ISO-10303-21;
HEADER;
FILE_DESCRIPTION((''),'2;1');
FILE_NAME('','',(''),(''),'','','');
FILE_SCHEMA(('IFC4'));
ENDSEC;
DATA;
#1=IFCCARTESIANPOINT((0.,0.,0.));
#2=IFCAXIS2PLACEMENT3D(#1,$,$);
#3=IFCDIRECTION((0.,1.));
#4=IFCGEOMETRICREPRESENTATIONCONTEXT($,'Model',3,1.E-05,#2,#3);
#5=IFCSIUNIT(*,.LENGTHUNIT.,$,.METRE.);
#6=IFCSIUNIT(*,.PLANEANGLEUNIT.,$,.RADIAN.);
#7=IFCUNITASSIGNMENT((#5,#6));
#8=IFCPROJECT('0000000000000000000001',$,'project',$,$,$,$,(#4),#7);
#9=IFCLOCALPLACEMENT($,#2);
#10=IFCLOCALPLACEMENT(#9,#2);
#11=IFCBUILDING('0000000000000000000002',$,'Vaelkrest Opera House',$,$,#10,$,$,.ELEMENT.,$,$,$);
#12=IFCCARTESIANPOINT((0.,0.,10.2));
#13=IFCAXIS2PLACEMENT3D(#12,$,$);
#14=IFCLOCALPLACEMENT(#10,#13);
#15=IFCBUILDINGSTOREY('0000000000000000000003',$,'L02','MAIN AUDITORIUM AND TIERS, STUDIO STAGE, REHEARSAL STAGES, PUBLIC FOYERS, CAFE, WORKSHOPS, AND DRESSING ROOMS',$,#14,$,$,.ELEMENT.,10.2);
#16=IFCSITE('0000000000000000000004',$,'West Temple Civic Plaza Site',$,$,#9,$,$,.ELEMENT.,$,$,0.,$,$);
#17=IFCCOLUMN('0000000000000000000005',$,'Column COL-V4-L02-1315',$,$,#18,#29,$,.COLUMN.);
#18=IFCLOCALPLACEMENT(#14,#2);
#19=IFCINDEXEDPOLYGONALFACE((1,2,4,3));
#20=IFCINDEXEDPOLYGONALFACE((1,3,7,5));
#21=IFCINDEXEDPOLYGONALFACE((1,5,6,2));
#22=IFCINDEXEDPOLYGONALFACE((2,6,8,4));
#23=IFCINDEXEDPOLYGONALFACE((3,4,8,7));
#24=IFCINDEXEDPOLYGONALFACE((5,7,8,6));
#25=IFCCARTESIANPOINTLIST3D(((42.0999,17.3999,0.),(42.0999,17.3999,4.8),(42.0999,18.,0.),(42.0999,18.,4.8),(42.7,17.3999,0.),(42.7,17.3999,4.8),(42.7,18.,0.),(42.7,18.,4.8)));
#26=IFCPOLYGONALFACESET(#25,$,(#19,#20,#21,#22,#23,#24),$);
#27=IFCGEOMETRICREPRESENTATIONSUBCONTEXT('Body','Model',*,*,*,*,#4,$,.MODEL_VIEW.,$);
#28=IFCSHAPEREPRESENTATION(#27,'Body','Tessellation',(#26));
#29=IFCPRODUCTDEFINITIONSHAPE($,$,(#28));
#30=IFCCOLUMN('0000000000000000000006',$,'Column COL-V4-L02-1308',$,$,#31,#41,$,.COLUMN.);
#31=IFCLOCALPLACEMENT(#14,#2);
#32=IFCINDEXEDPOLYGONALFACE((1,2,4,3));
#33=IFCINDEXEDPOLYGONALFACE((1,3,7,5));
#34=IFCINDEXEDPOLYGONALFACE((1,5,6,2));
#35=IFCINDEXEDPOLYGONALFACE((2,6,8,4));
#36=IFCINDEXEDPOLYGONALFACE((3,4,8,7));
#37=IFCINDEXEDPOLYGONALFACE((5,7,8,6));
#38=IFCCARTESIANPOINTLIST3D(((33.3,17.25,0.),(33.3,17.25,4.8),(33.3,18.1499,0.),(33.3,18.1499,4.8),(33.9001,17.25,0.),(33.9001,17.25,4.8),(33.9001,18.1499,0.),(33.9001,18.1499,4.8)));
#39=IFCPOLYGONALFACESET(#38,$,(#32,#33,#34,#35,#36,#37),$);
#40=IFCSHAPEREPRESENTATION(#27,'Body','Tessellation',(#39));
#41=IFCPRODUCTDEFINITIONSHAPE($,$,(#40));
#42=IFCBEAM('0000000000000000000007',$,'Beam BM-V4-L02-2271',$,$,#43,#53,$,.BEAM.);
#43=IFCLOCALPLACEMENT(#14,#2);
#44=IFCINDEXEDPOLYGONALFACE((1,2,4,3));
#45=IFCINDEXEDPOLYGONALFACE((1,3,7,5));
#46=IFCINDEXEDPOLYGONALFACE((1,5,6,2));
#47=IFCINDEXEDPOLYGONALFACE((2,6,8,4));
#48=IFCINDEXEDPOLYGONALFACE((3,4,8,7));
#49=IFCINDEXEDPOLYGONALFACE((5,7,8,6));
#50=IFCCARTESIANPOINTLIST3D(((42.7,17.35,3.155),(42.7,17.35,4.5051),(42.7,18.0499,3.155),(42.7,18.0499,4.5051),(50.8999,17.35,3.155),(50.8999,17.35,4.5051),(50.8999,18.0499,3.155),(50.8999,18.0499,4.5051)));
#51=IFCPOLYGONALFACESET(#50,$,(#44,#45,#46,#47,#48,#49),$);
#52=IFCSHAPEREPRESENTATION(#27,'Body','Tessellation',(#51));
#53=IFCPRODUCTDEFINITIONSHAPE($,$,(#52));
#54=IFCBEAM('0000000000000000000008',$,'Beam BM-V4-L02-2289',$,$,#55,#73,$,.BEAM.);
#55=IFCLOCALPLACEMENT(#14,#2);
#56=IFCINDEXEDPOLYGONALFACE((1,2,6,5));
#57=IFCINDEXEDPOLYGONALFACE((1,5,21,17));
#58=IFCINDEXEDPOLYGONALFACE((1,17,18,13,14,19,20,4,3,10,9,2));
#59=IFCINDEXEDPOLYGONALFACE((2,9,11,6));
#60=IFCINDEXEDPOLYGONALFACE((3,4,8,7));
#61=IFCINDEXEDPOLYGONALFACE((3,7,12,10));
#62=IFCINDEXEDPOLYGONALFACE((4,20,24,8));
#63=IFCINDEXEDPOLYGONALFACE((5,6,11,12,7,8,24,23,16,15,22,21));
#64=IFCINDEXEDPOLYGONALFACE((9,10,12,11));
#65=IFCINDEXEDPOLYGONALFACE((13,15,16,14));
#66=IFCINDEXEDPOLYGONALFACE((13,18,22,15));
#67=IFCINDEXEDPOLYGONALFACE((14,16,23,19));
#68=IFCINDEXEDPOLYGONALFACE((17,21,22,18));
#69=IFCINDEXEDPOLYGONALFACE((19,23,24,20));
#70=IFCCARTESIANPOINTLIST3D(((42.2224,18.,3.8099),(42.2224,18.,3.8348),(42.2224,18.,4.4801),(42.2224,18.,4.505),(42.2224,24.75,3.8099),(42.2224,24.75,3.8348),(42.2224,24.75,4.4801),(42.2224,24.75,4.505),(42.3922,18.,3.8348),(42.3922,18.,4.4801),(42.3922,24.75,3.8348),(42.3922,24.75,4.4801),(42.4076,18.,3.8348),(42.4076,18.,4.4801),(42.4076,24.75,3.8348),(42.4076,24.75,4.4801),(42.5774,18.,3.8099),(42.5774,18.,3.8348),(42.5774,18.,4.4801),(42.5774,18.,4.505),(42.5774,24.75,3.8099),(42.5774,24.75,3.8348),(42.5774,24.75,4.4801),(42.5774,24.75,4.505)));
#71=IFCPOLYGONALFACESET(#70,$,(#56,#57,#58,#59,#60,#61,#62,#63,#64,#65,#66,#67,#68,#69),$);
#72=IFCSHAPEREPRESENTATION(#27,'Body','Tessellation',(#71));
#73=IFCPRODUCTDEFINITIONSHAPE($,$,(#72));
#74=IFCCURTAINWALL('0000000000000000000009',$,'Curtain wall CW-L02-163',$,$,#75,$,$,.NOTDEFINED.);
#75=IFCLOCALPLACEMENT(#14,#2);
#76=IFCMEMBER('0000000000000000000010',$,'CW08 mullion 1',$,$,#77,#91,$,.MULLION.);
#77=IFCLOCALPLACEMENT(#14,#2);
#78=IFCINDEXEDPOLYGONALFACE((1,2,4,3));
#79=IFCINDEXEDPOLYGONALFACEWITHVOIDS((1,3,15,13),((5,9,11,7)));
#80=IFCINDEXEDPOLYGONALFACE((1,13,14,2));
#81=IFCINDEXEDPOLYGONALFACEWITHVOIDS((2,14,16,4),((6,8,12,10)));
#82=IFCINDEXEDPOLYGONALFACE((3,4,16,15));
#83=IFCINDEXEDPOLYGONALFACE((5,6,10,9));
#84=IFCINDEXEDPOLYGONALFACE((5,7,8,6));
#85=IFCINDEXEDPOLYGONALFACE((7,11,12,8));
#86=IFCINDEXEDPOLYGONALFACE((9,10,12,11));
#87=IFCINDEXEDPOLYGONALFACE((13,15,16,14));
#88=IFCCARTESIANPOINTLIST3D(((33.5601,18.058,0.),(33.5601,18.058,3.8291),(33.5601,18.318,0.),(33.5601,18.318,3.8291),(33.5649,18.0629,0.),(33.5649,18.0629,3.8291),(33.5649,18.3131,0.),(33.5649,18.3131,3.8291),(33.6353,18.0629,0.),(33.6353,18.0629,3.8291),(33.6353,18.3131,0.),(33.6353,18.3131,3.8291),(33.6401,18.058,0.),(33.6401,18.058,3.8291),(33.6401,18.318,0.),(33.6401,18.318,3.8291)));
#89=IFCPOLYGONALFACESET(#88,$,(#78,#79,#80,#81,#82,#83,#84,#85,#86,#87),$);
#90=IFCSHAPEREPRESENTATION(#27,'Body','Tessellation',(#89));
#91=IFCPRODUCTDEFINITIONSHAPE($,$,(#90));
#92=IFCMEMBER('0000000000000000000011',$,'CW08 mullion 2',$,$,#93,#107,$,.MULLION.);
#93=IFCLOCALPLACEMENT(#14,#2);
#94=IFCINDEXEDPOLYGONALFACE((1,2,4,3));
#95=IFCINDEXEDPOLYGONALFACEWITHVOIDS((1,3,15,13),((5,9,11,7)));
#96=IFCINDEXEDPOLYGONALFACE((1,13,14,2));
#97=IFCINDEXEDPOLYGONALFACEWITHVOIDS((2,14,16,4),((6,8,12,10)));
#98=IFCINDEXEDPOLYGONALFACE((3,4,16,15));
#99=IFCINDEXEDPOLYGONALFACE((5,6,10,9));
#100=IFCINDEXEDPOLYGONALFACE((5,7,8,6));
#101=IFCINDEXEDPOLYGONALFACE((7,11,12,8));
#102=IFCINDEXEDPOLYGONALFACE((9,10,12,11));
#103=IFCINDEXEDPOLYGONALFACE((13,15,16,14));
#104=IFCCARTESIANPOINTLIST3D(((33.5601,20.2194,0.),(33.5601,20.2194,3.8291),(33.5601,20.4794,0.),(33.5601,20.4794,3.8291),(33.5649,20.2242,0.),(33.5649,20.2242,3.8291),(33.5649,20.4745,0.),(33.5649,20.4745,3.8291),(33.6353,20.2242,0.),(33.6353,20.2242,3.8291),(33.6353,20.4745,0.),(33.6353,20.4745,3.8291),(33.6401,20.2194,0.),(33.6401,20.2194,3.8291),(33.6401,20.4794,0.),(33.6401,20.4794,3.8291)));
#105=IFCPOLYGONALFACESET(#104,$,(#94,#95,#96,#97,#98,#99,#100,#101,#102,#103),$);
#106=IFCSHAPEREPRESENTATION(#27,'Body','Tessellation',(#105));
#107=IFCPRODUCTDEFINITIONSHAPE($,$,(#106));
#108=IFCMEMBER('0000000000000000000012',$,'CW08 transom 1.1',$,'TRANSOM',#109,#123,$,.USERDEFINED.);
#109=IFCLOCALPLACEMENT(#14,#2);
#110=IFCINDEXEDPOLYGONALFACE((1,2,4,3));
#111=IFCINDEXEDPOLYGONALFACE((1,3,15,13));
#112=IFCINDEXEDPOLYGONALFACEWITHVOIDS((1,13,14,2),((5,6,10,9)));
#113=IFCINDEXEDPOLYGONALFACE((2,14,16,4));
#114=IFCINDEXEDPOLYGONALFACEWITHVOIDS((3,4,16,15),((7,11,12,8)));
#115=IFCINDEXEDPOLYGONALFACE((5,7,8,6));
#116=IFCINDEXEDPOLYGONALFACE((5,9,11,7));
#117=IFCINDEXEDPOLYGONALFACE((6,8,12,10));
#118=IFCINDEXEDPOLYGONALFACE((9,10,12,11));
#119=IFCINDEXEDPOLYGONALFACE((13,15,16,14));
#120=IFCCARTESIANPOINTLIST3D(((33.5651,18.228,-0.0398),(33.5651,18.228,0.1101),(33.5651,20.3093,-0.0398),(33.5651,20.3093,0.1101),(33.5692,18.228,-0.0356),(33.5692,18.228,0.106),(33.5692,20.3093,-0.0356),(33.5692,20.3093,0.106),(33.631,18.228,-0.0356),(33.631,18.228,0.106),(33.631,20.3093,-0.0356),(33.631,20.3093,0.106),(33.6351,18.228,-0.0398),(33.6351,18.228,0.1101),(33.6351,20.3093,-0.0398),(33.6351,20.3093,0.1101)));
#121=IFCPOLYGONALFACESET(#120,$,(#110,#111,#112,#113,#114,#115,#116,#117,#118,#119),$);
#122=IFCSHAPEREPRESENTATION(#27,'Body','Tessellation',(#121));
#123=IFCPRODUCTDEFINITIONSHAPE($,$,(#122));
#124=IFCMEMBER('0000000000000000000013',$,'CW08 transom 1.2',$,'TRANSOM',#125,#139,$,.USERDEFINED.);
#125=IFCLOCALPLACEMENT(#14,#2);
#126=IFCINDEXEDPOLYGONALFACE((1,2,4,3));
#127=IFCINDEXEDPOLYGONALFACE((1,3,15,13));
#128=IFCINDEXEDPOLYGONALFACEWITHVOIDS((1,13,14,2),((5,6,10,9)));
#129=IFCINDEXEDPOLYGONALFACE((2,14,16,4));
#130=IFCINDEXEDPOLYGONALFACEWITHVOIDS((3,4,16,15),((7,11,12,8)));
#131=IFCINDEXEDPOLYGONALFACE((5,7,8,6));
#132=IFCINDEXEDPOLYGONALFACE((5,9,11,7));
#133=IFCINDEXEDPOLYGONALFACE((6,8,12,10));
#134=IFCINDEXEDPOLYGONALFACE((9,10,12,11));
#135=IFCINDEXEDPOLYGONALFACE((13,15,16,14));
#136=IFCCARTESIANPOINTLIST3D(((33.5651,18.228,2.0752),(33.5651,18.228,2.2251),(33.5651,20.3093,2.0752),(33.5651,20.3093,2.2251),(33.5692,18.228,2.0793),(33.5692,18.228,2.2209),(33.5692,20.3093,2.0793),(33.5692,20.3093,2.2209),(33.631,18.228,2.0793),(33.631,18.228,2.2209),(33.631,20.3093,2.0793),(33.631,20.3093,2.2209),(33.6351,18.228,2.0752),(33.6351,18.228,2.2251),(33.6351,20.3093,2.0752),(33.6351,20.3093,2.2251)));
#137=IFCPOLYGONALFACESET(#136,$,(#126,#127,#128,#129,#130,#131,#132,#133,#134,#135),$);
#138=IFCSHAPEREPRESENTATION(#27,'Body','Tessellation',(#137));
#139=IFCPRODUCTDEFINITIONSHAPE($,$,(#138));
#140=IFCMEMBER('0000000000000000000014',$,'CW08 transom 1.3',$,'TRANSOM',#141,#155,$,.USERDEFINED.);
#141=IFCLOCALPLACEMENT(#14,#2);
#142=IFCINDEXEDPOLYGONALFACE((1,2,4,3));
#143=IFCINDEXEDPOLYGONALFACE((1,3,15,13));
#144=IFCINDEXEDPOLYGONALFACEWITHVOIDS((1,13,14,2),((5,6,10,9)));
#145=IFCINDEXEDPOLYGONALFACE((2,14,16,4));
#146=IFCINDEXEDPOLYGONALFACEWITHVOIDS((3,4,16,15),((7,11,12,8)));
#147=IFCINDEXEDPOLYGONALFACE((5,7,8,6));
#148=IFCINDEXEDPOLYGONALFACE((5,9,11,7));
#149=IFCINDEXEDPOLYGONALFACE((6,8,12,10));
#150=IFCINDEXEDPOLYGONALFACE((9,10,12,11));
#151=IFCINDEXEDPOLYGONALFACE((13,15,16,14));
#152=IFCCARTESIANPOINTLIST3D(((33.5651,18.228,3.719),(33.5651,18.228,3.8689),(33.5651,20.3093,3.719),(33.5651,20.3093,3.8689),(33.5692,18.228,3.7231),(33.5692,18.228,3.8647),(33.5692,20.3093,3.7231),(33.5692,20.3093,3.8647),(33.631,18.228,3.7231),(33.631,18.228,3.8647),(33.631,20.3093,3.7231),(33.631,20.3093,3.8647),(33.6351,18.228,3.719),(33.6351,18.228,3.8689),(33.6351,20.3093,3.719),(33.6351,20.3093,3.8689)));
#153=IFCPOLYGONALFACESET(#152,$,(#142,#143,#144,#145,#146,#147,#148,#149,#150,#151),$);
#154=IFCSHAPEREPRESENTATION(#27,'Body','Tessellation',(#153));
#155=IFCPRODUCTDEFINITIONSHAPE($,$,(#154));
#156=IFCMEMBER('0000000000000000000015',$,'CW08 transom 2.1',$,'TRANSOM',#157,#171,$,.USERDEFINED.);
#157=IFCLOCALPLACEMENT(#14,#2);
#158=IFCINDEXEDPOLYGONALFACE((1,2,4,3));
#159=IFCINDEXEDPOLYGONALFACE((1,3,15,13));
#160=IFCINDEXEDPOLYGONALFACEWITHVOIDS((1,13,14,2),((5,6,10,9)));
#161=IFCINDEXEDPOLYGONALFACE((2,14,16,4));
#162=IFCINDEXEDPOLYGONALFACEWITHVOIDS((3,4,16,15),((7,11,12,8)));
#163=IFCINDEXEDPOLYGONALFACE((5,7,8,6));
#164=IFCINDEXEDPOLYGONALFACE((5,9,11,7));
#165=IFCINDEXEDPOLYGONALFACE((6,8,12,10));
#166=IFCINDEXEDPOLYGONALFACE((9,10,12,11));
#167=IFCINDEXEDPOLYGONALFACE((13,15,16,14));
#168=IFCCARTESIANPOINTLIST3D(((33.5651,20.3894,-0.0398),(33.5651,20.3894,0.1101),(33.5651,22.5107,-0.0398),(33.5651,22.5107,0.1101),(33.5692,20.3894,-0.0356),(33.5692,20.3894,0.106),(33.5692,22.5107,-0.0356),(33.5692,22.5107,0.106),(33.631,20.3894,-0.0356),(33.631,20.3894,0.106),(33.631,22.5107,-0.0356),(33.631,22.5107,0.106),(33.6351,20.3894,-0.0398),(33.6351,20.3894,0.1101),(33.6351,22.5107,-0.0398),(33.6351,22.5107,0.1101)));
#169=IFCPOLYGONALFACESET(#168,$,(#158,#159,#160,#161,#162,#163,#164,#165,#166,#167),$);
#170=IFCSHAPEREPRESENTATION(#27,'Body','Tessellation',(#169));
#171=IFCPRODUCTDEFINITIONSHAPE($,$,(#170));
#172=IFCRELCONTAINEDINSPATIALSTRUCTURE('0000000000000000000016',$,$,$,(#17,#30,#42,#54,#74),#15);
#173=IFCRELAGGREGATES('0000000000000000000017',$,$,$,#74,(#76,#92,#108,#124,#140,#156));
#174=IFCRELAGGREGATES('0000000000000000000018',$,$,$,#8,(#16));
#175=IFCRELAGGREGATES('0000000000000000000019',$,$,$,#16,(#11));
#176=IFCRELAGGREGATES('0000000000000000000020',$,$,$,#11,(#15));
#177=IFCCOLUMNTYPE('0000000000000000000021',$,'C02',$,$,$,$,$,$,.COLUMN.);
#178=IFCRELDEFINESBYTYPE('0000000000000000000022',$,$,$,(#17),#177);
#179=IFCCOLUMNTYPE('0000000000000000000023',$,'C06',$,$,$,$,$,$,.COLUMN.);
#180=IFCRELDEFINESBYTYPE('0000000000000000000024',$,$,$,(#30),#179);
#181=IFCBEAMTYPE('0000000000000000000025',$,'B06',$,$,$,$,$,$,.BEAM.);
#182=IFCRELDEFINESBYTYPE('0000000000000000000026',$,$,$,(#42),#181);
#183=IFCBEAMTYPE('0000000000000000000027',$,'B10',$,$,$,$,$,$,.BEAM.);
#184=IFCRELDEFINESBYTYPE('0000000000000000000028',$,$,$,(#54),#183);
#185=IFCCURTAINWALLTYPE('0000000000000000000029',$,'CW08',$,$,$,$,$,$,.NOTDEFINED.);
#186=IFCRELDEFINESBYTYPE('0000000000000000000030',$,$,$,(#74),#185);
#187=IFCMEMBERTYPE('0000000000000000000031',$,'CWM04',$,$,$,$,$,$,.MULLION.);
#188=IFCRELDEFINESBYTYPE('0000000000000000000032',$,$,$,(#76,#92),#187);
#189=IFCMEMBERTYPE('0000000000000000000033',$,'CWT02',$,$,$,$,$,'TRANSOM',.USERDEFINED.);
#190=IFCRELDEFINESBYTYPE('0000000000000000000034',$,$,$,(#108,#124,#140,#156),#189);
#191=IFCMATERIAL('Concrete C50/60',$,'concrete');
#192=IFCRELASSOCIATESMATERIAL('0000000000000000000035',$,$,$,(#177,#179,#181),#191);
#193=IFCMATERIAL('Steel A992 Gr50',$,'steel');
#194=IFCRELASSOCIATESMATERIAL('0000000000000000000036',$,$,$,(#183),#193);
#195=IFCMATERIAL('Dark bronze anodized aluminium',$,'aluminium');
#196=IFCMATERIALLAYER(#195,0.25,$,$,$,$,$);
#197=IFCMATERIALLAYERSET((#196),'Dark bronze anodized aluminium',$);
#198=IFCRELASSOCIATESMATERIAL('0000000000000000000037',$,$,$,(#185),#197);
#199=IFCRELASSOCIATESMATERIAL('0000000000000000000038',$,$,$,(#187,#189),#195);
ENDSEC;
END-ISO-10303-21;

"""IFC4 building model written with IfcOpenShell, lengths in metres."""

from ifc_helpers import new_model, si_unit, direction, frame, origin, origin_2d, place, context, subcontext, project, spatial, rectangle, hollow_rectangle, i_section, extrude, material, layer, layer_set, material_profile, profile_set, type_object, element, aggregate, save


model = new_model("IFC4")

# Units and contexts
model_context = context("Model", 3, precision=1e-05, world=origin(), true_north=direction((0.0, 1.0)))
body_context = subcontext(model_context, "Body", "Model", "MODEL_VIEW")
ifc_project = project(units=[si_unit("LENGTHUNIT", "METRE"), si_unit("PLANEANGLEUNIT", "RADIAN")], contexts=[model_context])

# Site, building, storey
site_placement = place(None, origin())
site = spatial("IfcSite", under=ifc_project, at=site_placement, Name="West Temple Civic Plaza Site", CompositionType="ELEMENT", RefElevation=0.0)
building_placement = place(site_placement, origin())
building = spatial("IfcBuilding", under=site, at=building_placement, Name="Vaelkrest Opera House", CompositionType="ELEMENT")
storey_placement = place(building_placement, frame((0.0, 0.0, 10.2)))
storey = spatial("IfcBuildingStorey", under=building, at=storey_placement, Name="L02", Description="MAIN AUDITORIUM AND TIERS, STUDIO STAGE, REHEARSAL STAGES, PUBLIC FOYERS, CAFE, WORKSHOPS, AND DRESSING ROOMS", CompositionType="ELEMENT", Elevation=10.2)

# Columns
ifc_material_1 = material(Name="Concrete C50/60", Category="concrete")
ifc_material_profile_1 = material_profile(ifc_material_1, rectangle(XDim=0.6001, YDim=0.6001, at=origin_2d()), Name="RC600X600")
ifc_profile_set_1 = profile_set([ifc_material_profile_1], Name="Concrete C50/60")
column_type_1 = type_object("IfcColumnType", Name="C02", PredefinedType="COLUMN", material=ifc_profile_set_1)
column_1_placement = place(storey_placement, frame((42.3999, 17.7, 0.0), z_axis=(0.0, 0.0, 1.0), x_axis=(1.0, 0.0, 0.0)))
element("IfcColumn", 1, at=column_1_placement, inside=storey, type_object=column_type_1, Name="Column COL-V4-L02-1315", PredefinedType="COLUMN", context=body_context, shape_type="SweptSolid", body=[
    extrude(rectangle(XDim=0.6001, YDim=0.6001, at=origin_2d()), origin(), (0.0, 0.0, 1.0), 4.8),
])
ifc_material_profile_2 = material_profile(ifc_material_1, rectangle(XDim=0.6001, YDim=0.8999, at=origin_2d()), Name="RC600X900")
ifc_profile_set_2 = profile_set([ifc_material_profile_2], Name="Concrete C50/60")
column_type_2 = type_object("IfcColumnType", Name="C06", PredefinedType="COLUMN", material=ifc_profile_set_2)
column_2_placement = place(storey_placement, frame((33.6001, 17.7, 0.0), z_axis=(0.0, 0.0, 1.0), x_axis=(1.0, 0.0, 0.0)))
element("IfcColumn", 2, at=column_2_placement, inside=storey, type_object=column_type_2, Name="Column COL-V4-L02-1308", PredefinedType="COLUMN", context=body_context, shape_type="SweptSolid", body=[
    extrude(rectangle(XDim=0.6001, YDim=0.8999, at=origin_2d()), origin(), (0.0, 0.0, 1.0), 4.8),
])

# Beams
ifc_material_profile_3 = material_profile(ifc_material_1, rectangle(XDim=0.7, YDim=1.3501, at=origin_2d()), Name="RCB700X1350")
ifc_profile_set_3 = profile_set([ifc_material_profile_3], Name="Concrete C50/60")
beam_type_1 = type_object("IfcBeamType", Name="B06", PredefinedType="BEAM", material=ifc_profile_set_3)
beam_1_placement = place(storey_placement, frame((42.7, 17.7, 3.8301), z_axis=(1.0, 0.0, 0.0), x_axis=(0.0, 1.0, 0.0)))
element("IfcBeam", 3, at=beam_1_placement, inside=storey, type_object=beam_type_1, Name="Beam BM-V4-L02-2271", PredefinedType="BEAM", context=body_context, shape_type="SweptSolid", body=[
    extrude(rectangle(XDim=0.7, YDim=1.3501, at=origin_2d()), origin(), (0.0, 0.0, 1.0), 8.2),
])
ifc_material_2 = material(Name="Steel A992 Gr50", Category="steel")
ifc_material_profile_4 = material_profile(ifc_material_2, i_section(OverallWidth=0.355, OverallDepth=0.6951, WebThickness=0.0154, FlangeThickness=0.0249, at=origin_2d()), Name="W27X146")
ifc_profile_set_4 = profile_set([ifc_material_profile_4], Name="Steel A992 Gr50")
beam_type_2 = type_object("IfcBeamType", Name="B10", PredefinedType="BEAM", material=ifc_profile_set_4)
beam_2_placement = place(storey_placement, frame((42.3999, 18.0, 4.1575), z_axis=(0.0, 1.0, 0.0), x_axis=(-1.0, 0.0, 0.0)))
element("IfcBeam", 4, at=beam_2_placement, inside=storey, type_object=beam_type_2, Name="Beam BM-V4-L02-2289", PredefinedType="BEAM", context=body_context, shape_type="SweptSolid", body=[
    extrude(i_section(OverallWidth=0.355, OverallDepth=0.6951, WebThickness=0.0154, FlangeThickness=0.0249, at=origin_2d()), origin(), (0.0, 0.0, 1.0), 6.75),
])

# Curtain wall, members
ifc_material_3 = material(Name="Dark bronze anodized aluminium", Category="aluminium")
ifc_layer_1 = layer(ifc_material_3, 0.25)
ifc_layer_set_1 = layer_set([ifc_layer_1], Name="Dark bronze anodized aluminium")
curtain_wall_type = type_object("IfcCurtainWallType", Name="CW08", PredefinedType="NOTDEFINED", material=ifc_layer_set_1)
curtain_wall_placement = place(storey_placement, origin())
curtain_wall = element("IfcCurtainWall", 5, at=curtain_wall_placement, inside=storey, type_object=curtain_wall_type, Name="Curtain wall CW-L02-163", PredefinedType="NOTDEFINED")
ifc_material_profile_5 = material_profile(ifc_material_3, hollow_rectangle(XDim=0.0801, YDim=0.26, WallThickness=0.0049, at=origin_2d()), Name="CWM80X260")
ifc_profile_set_5 = profile_set([ifc_material_profile_5], Name="Dark bronze anodized aluminium")
member_type_1 = type_object("IfcMemberType", Name="CWM04", PredefinedType="MULLION", material=ifc_profile_set_5)
member_1_placement = place(storey_placement, frame((33.6001, 18.188, 0.0), z_axis=(0.0, 0.0, 1.0), x_axis=(-1.0, 0.0, 0.0)))
member_1 = element("IfcMember", 6, at=member_1_placement, type_object=member_type_1, Name="CW08 mullion 1", PredefinedType="MULLION", context=body_context, shape_type="SweptSolid", body=[
    extrude(hollow_rectangle(XDim=0.0801, YDim=0.26, WallThickness=0.0049, at=origin_2d()), origin(), (0.0, 0.0, 1.0), 3.8291),
])
member_2_placement = place(storey_placement, frame((33.6001, 20.3494, 0.0), z_axis=(0.0, 0.0, 1.0), x_axis=(-1.0, 0.0, 0.0)))
member_2 = element("IfcMember", 7, at=member_2_placement, type_object=member_type_1, Name="CW08 mullion 2", PredefinedType="MULLION", context=body_context, shape_type="SweptSolid", body=[
    extrude(hollow_rectangle(XDim=0.0801, YDim=0.26, WallThickness=0.0049, at=origin_2d()), origin(), (0.0, 0.0, 1.0), 3.8291),
])
ifc_material_profile_6 = material_profile(ifc_material_3, hollow_rectangle(XDim=0.0701, YDim=0.1499, WallThickness=0.0042, at=origin_2d()), Name="CWT70X150")
ifc_profile_set_6 = profile_set([ifc_material_profile_6], Name="Dark bronze anodized aluminium")
member_type_2 = type_object("IfcMemberType", Name="CWT02", ElementType="TRANSOM", PredefinedType="USERDEFINED", material=ifc_profile_set_6)
member_3_placement = place(storey_placement, frame((33.6001, 18.228, 0.0352), z_axis=(0.0, 1.0, 0.0), x_axis=(-1.0, 0.0, 0.0)))
member_3 = element("IfcMember", 8, at=member_3_placement, type_object=member_type_2, Name="CW08 transom 1.1", ObjectType="TRANSOM", PredefinedType="USERDEFINED", context=body_context, shape_type="SweptSolid", body=[
    extrude(hollow_rectangle(XDim=0.0701, YDim=0.1499, WallThickness=0.0042, at=origin_2d()), origin(), (0.0, 0.0, 1.0), 2.0813),
])
member_4_placement = place(storey_placement, frame((33.6001, 18.228, 2.1501), z_axis=(0.0, 1.0, 0.0), x_axis=(-1.0, 0.0, 0.0)))
member_4 = element("IfcMember", 9, at=member_4_placement, type_object=member_type_2, Name="CW08 transom 1.2", ObjectType="TRANSOM", PredefinedType="USERDEFINED", context=body_context, shape_type="SweptSolid", body=[
    extrude(hollow_rectangle(XDim=0.0701, YDim=0.1499, WallThickness=0.0042, at=origin_2d()), origin(), (0.0, 0.0, 1.0), 2.0813),
])
member_5_placement = place(storey_placement, frame((33.6001, 18.228, 3.7939), z_axis=(0.0, 1.0, 0.0), x_axis=(-1.0, 0.0, 0.0)))
member_5 = element("IfcMember", 10, at=member_5_placement, type_object=member_type_2, Name="CW08 transom 1.3", ObjectType="TRANSOM", PredefinedType="USERDEFINED", context=body_context, shape_type="SweptSolid", body=[
    extrude(hollow_rectangle(XDim=0.0701, YDim=0.1499, WallThickness=0.0042, at=origin_2d()), origin(), (0.0, 0.0, 1.0), 2.0813),
])
member_6_placement = place(storey_placement, frame((33.6001, 20.3894, 0.0352), z_axis=(0.0, 1.0, 0.0), x_axis=(-1.0, 0.0, 0.0)))
member_6 = element("IfcMember", 11, at=member_6_placement, type_object=member_type_2, Name="CW08 transom 2.1", ObjectType="TRANSOM", PredefinedType="USERDEFINED", context=body_context, shape_type="SweptSolid", body=[
    extrude(hollow_rectangle(XDim=0.0701, YDim=0.1499, WallThickness=0.0042, at=origin_2d()), origin(), (0.0, 0.0, 1.0), 2.1213),
])

aggregate(curtain_wall, [member_1, member_2, member_3, member_4, member_5, member_6])

save(model, "model.ifc")
